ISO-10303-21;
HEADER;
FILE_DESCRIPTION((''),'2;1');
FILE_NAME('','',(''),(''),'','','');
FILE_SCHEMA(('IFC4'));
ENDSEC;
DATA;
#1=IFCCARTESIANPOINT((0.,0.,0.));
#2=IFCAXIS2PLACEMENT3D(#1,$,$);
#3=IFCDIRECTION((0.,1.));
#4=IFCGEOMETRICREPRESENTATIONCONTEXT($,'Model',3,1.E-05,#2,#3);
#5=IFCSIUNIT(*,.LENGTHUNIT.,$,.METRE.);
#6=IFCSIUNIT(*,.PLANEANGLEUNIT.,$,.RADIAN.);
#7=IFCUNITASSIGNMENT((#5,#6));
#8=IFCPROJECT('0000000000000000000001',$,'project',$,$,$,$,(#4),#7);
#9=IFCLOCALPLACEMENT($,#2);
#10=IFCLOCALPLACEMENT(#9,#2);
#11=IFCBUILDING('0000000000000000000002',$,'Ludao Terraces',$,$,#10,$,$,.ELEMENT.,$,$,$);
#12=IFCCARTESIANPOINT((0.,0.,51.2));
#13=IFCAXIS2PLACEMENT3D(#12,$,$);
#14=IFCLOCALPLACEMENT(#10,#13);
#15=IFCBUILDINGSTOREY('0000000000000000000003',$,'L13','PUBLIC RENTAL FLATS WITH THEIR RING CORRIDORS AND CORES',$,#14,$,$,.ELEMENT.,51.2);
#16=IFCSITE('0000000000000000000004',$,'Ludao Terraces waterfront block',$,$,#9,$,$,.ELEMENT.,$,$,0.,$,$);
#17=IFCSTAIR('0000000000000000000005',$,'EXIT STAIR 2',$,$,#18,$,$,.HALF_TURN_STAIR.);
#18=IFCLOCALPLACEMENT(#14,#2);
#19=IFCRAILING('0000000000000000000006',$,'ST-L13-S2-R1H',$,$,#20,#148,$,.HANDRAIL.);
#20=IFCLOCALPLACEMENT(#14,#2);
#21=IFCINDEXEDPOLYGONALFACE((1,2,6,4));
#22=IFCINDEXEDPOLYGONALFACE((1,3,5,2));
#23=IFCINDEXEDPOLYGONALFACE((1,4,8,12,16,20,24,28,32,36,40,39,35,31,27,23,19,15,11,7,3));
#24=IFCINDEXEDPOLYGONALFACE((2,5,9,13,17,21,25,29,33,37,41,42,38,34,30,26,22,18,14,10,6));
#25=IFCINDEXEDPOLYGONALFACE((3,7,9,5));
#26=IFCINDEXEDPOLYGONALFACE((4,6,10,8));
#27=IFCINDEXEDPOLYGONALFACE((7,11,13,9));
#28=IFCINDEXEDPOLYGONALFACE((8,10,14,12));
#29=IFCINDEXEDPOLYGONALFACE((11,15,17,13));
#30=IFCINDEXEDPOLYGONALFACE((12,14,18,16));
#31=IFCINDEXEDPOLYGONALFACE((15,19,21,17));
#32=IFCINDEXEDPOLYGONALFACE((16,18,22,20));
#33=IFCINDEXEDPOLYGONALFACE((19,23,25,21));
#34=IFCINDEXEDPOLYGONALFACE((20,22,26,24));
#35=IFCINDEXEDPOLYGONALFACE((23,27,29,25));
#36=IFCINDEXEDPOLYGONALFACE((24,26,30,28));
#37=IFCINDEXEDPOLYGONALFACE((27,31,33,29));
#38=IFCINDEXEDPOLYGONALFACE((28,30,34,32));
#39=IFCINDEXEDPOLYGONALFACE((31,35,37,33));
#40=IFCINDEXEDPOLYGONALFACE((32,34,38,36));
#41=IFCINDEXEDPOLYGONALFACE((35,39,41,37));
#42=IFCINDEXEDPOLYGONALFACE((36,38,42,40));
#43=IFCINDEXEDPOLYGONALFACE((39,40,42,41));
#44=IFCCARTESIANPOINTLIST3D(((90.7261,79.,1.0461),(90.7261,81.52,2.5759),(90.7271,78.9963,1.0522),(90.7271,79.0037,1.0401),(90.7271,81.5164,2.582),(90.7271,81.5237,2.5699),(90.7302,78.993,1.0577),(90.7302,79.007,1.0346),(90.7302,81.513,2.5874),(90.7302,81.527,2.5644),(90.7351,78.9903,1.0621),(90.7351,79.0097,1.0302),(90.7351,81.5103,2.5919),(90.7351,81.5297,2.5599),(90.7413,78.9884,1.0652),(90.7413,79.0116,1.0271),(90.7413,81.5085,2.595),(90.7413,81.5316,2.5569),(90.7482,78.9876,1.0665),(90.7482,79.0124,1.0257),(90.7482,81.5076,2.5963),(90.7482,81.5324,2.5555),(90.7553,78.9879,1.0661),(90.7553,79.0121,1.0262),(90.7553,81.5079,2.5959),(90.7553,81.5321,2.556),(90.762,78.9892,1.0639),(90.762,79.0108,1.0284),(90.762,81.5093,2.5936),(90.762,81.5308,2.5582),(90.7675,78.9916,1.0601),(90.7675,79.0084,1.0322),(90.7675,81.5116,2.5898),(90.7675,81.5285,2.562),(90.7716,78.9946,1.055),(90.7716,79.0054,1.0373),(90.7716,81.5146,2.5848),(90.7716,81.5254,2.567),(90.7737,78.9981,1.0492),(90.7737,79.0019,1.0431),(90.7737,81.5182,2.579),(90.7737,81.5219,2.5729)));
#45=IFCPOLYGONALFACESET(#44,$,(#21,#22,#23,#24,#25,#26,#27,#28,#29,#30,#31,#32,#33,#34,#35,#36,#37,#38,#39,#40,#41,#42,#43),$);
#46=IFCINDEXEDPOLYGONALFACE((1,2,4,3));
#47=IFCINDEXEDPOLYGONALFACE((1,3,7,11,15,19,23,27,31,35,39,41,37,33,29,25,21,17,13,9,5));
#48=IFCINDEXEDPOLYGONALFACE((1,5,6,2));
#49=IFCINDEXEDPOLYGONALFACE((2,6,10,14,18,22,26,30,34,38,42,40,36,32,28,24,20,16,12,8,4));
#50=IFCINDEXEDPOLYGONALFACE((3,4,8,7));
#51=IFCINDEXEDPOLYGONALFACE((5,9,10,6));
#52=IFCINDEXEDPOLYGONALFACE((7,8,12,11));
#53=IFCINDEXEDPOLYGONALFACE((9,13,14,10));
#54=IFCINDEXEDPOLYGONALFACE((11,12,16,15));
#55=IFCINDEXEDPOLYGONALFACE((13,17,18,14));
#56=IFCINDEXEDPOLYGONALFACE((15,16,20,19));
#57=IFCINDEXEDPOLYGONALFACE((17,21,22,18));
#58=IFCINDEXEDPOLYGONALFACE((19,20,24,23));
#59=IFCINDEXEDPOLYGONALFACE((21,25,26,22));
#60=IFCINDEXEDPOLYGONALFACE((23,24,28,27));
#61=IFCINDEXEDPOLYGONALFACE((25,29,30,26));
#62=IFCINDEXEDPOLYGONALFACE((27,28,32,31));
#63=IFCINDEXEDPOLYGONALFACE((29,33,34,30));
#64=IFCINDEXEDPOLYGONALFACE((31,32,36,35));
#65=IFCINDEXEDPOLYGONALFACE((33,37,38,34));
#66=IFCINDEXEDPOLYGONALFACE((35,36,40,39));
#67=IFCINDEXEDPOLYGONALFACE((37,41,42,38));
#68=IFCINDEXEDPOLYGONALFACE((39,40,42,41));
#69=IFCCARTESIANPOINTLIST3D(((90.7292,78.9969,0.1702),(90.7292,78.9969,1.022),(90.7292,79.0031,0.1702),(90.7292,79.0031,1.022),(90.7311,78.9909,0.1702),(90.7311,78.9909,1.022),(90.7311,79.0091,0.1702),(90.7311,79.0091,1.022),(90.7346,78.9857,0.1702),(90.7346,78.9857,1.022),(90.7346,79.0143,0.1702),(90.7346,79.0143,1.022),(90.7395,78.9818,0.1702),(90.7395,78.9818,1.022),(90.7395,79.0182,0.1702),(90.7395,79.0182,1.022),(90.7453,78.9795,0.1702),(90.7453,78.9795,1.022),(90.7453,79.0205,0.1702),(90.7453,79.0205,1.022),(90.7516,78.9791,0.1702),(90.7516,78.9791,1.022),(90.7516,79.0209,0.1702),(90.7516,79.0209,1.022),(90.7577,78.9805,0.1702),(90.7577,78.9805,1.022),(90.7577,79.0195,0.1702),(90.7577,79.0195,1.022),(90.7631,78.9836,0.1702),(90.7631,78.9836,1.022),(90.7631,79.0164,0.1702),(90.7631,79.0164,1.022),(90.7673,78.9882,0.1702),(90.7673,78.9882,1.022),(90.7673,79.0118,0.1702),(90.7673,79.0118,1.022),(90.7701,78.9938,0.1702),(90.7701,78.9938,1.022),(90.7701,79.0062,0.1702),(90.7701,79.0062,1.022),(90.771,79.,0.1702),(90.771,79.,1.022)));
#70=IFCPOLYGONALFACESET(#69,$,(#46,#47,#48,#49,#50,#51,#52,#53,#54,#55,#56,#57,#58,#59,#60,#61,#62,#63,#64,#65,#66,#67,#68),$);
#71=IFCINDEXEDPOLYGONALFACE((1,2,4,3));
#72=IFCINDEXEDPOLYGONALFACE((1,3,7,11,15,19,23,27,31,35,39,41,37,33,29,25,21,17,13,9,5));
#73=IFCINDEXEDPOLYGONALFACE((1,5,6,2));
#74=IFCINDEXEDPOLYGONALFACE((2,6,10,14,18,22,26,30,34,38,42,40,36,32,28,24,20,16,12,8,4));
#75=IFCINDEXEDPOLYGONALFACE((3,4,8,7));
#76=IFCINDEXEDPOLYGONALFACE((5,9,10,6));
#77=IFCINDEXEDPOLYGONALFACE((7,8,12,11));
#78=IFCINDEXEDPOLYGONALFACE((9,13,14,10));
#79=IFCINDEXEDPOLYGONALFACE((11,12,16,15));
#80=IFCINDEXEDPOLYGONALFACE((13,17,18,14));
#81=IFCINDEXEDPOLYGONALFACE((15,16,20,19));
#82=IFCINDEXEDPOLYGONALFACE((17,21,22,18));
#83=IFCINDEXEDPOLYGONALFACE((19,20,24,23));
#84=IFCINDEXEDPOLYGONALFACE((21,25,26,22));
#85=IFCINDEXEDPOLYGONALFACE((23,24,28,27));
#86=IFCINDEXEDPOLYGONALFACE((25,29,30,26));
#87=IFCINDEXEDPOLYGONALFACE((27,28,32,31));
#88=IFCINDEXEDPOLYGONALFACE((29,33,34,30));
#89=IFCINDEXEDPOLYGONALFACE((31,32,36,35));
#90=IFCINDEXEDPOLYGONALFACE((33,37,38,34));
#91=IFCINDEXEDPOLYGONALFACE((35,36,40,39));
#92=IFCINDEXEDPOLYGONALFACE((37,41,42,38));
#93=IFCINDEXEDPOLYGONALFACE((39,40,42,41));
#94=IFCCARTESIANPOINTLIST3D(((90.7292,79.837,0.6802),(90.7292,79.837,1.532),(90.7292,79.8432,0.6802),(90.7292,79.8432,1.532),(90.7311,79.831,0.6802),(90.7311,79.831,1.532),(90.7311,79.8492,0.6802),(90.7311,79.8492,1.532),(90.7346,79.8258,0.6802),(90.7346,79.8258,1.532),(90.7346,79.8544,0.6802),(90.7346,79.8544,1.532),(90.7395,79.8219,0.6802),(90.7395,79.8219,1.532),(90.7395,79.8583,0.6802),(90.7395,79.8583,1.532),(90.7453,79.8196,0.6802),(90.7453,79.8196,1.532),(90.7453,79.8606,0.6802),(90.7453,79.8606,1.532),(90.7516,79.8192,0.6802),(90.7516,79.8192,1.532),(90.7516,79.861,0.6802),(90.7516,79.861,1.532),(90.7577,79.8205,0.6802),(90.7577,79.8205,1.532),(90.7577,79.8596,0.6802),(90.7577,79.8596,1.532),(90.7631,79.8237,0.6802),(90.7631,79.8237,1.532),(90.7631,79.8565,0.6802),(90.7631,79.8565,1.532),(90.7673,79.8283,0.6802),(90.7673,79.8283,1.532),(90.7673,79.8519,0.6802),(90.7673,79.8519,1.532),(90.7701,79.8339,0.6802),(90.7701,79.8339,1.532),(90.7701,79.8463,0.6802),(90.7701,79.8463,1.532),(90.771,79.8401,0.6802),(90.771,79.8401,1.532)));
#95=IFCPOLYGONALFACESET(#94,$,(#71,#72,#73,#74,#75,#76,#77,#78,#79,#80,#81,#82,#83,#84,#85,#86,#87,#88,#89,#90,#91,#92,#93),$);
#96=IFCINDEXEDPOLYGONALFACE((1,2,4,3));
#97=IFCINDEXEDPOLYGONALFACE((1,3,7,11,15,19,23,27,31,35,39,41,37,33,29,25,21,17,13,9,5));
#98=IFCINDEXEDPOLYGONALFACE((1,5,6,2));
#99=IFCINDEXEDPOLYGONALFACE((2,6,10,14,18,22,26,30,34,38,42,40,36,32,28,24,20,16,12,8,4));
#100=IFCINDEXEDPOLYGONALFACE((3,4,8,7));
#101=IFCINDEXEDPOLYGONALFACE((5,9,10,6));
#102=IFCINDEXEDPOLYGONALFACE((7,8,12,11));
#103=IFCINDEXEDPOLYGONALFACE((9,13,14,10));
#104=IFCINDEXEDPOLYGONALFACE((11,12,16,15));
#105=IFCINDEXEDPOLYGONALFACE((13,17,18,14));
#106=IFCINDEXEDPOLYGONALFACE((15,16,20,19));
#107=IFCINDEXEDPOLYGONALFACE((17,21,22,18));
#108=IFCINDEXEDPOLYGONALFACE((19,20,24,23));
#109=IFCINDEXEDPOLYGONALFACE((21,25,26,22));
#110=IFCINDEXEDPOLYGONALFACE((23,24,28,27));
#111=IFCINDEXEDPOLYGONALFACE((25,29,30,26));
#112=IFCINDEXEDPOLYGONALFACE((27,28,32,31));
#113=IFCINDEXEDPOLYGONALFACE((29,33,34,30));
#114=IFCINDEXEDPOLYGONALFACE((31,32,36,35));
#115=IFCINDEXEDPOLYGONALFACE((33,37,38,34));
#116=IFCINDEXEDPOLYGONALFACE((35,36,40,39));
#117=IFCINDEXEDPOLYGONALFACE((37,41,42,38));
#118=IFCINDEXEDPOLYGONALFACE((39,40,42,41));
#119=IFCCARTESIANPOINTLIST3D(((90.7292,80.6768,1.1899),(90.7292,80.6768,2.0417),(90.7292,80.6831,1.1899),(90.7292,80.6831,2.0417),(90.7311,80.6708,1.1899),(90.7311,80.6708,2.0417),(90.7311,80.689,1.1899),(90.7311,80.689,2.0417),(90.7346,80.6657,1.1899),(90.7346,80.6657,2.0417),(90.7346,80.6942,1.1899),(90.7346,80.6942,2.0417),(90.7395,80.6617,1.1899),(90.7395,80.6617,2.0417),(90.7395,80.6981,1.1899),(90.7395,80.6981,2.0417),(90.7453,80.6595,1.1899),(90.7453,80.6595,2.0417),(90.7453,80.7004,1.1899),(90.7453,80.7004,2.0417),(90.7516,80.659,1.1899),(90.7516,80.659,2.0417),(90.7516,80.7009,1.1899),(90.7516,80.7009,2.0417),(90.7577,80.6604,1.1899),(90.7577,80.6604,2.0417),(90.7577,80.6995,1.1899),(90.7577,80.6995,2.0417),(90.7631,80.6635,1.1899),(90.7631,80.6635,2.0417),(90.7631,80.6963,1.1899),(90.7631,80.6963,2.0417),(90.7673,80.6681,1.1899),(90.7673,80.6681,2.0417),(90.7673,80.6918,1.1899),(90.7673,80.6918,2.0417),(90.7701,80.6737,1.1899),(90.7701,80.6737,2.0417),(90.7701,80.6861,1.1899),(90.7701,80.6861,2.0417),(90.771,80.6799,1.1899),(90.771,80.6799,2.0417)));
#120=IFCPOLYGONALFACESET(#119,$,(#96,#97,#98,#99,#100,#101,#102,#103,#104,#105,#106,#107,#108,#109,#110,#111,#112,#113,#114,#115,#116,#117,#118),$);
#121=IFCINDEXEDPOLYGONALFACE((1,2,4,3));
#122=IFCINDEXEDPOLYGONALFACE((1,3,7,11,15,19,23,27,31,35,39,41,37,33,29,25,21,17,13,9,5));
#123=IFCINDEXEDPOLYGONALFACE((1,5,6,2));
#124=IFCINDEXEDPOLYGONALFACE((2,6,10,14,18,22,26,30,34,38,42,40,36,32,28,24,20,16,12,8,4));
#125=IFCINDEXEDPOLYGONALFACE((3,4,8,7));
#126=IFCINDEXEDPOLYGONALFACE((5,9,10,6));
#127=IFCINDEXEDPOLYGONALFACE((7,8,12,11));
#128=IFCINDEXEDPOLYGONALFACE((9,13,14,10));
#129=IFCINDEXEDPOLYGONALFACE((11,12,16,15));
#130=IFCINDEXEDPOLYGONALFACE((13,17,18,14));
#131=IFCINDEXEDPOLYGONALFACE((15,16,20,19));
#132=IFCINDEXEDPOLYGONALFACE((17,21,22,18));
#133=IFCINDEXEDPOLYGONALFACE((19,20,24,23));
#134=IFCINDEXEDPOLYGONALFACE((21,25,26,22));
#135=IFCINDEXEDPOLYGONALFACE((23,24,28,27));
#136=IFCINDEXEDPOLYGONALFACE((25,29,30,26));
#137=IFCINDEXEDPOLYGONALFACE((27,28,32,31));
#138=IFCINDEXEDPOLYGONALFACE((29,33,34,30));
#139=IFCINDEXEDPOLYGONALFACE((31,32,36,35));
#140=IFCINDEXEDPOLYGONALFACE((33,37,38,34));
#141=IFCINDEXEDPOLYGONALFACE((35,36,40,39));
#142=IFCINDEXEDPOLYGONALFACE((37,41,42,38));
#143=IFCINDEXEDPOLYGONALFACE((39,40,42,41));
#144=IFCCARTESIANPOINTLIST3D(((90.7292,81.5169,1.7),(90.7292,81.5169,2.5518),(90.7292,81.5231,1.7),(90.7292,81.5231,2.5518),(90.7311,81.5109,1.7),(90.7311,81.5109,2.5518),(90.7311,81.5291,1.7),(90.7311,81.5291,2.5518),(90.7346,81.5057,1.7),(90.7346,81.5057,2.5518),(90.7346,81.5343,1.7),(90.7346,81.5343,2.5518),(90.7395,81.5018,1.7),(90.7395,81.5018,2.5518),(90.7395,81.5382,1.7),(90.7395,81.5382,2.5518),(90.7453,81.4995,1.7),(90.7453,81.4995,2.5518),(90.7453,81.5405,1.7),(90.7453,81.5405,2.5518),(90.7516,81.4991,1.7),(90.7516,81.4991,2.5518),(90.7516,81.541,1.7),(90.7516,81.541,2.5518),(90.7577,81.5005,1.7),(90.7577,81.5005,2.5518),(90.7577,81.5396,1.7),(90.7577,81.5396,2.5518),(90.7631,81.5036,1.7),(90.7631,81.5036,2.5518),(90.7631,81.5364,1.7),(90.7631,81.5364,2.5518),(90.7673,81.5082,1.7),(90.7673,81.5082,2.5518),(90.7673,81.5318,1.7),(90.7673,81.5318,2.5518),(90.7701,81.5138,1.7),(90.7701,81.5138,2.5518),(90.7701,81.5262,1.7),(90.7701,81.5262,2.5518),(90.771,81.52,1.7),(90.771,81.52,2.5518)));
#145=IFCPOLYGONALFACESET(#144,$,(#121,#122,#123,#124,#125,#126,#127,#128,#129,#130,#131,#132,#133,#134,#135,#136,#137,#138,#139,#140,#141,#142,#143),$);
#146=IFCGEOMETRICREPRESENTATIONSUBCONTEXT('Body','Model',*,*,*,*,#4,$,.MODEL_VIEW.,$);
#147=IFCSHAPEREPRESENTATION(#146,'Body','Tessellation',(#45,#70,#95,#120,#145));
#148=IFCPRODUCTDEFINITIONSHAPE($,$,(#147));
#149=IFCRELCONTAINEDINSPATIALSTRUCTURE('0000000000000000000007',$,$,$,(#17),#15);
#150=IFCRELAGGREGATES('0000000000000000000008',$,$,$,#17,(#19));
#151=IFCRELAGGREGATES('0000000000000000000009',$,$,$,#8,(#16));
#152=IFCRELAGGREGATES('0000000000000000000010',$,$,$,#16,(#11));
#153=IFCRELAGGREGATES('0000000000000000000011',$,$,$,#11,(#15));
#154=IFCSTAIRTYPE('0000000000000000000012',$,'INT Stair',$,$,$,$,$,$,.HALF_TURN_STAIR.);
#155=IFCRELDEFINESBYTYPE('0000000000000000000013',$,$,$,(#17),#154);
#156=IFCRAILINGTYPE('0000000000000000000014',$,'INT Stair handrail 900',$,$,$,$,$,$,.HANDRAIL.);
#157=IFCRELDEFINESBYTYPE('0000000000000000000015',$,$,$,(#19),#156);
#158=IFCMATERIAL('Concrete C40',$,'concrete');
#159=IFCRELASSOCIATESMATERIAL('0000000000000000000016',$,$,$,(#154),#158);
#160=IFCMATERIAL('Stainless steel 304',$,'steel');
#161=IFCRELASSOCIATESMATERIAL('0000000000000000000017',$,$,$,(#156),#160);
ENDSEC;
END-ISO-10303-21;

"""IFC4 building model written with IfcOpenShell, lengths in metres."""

from ifc_helpers import new_model, si_unit, direction, frame, origin, origin_2d, place, context, subcontext, project, spatial, circle, extrude, material, type_object, element, aggregate, save


model = new_model("IFC4")

# Units and contexts
model_context = context("Model", 3, precision=1e-05, world=origin(), true_north=direction((0.0, 1.0)))
body_context = subcontext(model_context, "Body", "Model", "MODEL_VIEW")
ifc_project = project(units=[si_unit("LENGTHUNIT", "METRE"), si_unit("PLANEANGLEUNIT", "RADIAN")], contexts=[model_context])

# Site, building, storey
site_placement = place(None, origin())
site = spatial("IfcSite", under=ifc_project, at=site_placement, Name="Ludao Terraces waterfront block", CompositionType="ELEMENT", RefElevation=0.0)
building_placement = place(site_placement, origin())
building = spatial("IfcBuilding", under=site, at=building_placement, Name="Ludao Terraces", CompositionType="ELEMENT")
storey_placement = place(building_placement, frame((0.0, 0.0, 51.2)))
storey = spatial("IfcBuildingStorey", under=building, at=storey_placement, Name="L13", Description="PUBLIC RENTAL FLATS WITH THEIR RING CORRIDORS AND CORES", CompositionType="ELEMENT", Elevation=51.2)

# Shared definitions
ifc_material_1 = material(Name="Stainless steel 304", Category="steel")

# Stair, railing
ifc_material_2 = material(Name="Concrete C40", Category="concrete")
stair_type = type_object("IfcStairType", Name="INT Stair", PredefinedType="HALF_TURN_STAIR", material=ifc_material_2)
stair_placement = place(storey_placement, origin())
stair = element("IfcStair", 1, at=stair_placement, inside=storey, type_object=stair_type, Name="EXIT STAIR 2", PredefinedType="HALF_TURN_STAIR")
railing_type = type_object("IfcRailingType", Name="INT Stair handrail 900", PredefinedType="HANDRAIL", material=ifc_material_1)
railing_placement = place(storey_placement, frame((90.75, 79.0, 0.1702)))
railing = element("IfcRailing", 2, at=railing_placement, type_object=railing_type, Name="ST-L13-S2-R1H", PredefinedType="HANDRAIL", context=body_context, shape_type="SweptSolid", body=[
    extrude(circle(Radius=0.0239, at=origin_2d()), frame((0.0, 0.0, 0.876), z_axis=(0.0, 0.854822, 0.518922), x_axis=(-1.0, 0.0, 0.0)), (0.0, 0.0, 1.0), 2.948),
    extrude(circle(Radius=0.021, at=origin_2d()), origin(), (0.0, 0.0, 1.0), 0.8518),
    extrude(circle(Radius=0.021, at=origin_2d()), frame((0.0, 0.8401, 0.51)), (0.0, 0.0, 1.0), 0.8518),
    extrude(circle(Radius=0.021, at=origin_2d()), frame((0.0, 1.6799, 1.0198)), (0.0, 0.0, 1.0), 0.8518),
    extrude(circle(Radius=0.021, at=origin_2d()), frame((0.0, 2.52, 1.5298)), (0.0, 0.0, 1.0), 0.8518),
])
aggregate(stair, [railing])

save(model, "model.ifc")
